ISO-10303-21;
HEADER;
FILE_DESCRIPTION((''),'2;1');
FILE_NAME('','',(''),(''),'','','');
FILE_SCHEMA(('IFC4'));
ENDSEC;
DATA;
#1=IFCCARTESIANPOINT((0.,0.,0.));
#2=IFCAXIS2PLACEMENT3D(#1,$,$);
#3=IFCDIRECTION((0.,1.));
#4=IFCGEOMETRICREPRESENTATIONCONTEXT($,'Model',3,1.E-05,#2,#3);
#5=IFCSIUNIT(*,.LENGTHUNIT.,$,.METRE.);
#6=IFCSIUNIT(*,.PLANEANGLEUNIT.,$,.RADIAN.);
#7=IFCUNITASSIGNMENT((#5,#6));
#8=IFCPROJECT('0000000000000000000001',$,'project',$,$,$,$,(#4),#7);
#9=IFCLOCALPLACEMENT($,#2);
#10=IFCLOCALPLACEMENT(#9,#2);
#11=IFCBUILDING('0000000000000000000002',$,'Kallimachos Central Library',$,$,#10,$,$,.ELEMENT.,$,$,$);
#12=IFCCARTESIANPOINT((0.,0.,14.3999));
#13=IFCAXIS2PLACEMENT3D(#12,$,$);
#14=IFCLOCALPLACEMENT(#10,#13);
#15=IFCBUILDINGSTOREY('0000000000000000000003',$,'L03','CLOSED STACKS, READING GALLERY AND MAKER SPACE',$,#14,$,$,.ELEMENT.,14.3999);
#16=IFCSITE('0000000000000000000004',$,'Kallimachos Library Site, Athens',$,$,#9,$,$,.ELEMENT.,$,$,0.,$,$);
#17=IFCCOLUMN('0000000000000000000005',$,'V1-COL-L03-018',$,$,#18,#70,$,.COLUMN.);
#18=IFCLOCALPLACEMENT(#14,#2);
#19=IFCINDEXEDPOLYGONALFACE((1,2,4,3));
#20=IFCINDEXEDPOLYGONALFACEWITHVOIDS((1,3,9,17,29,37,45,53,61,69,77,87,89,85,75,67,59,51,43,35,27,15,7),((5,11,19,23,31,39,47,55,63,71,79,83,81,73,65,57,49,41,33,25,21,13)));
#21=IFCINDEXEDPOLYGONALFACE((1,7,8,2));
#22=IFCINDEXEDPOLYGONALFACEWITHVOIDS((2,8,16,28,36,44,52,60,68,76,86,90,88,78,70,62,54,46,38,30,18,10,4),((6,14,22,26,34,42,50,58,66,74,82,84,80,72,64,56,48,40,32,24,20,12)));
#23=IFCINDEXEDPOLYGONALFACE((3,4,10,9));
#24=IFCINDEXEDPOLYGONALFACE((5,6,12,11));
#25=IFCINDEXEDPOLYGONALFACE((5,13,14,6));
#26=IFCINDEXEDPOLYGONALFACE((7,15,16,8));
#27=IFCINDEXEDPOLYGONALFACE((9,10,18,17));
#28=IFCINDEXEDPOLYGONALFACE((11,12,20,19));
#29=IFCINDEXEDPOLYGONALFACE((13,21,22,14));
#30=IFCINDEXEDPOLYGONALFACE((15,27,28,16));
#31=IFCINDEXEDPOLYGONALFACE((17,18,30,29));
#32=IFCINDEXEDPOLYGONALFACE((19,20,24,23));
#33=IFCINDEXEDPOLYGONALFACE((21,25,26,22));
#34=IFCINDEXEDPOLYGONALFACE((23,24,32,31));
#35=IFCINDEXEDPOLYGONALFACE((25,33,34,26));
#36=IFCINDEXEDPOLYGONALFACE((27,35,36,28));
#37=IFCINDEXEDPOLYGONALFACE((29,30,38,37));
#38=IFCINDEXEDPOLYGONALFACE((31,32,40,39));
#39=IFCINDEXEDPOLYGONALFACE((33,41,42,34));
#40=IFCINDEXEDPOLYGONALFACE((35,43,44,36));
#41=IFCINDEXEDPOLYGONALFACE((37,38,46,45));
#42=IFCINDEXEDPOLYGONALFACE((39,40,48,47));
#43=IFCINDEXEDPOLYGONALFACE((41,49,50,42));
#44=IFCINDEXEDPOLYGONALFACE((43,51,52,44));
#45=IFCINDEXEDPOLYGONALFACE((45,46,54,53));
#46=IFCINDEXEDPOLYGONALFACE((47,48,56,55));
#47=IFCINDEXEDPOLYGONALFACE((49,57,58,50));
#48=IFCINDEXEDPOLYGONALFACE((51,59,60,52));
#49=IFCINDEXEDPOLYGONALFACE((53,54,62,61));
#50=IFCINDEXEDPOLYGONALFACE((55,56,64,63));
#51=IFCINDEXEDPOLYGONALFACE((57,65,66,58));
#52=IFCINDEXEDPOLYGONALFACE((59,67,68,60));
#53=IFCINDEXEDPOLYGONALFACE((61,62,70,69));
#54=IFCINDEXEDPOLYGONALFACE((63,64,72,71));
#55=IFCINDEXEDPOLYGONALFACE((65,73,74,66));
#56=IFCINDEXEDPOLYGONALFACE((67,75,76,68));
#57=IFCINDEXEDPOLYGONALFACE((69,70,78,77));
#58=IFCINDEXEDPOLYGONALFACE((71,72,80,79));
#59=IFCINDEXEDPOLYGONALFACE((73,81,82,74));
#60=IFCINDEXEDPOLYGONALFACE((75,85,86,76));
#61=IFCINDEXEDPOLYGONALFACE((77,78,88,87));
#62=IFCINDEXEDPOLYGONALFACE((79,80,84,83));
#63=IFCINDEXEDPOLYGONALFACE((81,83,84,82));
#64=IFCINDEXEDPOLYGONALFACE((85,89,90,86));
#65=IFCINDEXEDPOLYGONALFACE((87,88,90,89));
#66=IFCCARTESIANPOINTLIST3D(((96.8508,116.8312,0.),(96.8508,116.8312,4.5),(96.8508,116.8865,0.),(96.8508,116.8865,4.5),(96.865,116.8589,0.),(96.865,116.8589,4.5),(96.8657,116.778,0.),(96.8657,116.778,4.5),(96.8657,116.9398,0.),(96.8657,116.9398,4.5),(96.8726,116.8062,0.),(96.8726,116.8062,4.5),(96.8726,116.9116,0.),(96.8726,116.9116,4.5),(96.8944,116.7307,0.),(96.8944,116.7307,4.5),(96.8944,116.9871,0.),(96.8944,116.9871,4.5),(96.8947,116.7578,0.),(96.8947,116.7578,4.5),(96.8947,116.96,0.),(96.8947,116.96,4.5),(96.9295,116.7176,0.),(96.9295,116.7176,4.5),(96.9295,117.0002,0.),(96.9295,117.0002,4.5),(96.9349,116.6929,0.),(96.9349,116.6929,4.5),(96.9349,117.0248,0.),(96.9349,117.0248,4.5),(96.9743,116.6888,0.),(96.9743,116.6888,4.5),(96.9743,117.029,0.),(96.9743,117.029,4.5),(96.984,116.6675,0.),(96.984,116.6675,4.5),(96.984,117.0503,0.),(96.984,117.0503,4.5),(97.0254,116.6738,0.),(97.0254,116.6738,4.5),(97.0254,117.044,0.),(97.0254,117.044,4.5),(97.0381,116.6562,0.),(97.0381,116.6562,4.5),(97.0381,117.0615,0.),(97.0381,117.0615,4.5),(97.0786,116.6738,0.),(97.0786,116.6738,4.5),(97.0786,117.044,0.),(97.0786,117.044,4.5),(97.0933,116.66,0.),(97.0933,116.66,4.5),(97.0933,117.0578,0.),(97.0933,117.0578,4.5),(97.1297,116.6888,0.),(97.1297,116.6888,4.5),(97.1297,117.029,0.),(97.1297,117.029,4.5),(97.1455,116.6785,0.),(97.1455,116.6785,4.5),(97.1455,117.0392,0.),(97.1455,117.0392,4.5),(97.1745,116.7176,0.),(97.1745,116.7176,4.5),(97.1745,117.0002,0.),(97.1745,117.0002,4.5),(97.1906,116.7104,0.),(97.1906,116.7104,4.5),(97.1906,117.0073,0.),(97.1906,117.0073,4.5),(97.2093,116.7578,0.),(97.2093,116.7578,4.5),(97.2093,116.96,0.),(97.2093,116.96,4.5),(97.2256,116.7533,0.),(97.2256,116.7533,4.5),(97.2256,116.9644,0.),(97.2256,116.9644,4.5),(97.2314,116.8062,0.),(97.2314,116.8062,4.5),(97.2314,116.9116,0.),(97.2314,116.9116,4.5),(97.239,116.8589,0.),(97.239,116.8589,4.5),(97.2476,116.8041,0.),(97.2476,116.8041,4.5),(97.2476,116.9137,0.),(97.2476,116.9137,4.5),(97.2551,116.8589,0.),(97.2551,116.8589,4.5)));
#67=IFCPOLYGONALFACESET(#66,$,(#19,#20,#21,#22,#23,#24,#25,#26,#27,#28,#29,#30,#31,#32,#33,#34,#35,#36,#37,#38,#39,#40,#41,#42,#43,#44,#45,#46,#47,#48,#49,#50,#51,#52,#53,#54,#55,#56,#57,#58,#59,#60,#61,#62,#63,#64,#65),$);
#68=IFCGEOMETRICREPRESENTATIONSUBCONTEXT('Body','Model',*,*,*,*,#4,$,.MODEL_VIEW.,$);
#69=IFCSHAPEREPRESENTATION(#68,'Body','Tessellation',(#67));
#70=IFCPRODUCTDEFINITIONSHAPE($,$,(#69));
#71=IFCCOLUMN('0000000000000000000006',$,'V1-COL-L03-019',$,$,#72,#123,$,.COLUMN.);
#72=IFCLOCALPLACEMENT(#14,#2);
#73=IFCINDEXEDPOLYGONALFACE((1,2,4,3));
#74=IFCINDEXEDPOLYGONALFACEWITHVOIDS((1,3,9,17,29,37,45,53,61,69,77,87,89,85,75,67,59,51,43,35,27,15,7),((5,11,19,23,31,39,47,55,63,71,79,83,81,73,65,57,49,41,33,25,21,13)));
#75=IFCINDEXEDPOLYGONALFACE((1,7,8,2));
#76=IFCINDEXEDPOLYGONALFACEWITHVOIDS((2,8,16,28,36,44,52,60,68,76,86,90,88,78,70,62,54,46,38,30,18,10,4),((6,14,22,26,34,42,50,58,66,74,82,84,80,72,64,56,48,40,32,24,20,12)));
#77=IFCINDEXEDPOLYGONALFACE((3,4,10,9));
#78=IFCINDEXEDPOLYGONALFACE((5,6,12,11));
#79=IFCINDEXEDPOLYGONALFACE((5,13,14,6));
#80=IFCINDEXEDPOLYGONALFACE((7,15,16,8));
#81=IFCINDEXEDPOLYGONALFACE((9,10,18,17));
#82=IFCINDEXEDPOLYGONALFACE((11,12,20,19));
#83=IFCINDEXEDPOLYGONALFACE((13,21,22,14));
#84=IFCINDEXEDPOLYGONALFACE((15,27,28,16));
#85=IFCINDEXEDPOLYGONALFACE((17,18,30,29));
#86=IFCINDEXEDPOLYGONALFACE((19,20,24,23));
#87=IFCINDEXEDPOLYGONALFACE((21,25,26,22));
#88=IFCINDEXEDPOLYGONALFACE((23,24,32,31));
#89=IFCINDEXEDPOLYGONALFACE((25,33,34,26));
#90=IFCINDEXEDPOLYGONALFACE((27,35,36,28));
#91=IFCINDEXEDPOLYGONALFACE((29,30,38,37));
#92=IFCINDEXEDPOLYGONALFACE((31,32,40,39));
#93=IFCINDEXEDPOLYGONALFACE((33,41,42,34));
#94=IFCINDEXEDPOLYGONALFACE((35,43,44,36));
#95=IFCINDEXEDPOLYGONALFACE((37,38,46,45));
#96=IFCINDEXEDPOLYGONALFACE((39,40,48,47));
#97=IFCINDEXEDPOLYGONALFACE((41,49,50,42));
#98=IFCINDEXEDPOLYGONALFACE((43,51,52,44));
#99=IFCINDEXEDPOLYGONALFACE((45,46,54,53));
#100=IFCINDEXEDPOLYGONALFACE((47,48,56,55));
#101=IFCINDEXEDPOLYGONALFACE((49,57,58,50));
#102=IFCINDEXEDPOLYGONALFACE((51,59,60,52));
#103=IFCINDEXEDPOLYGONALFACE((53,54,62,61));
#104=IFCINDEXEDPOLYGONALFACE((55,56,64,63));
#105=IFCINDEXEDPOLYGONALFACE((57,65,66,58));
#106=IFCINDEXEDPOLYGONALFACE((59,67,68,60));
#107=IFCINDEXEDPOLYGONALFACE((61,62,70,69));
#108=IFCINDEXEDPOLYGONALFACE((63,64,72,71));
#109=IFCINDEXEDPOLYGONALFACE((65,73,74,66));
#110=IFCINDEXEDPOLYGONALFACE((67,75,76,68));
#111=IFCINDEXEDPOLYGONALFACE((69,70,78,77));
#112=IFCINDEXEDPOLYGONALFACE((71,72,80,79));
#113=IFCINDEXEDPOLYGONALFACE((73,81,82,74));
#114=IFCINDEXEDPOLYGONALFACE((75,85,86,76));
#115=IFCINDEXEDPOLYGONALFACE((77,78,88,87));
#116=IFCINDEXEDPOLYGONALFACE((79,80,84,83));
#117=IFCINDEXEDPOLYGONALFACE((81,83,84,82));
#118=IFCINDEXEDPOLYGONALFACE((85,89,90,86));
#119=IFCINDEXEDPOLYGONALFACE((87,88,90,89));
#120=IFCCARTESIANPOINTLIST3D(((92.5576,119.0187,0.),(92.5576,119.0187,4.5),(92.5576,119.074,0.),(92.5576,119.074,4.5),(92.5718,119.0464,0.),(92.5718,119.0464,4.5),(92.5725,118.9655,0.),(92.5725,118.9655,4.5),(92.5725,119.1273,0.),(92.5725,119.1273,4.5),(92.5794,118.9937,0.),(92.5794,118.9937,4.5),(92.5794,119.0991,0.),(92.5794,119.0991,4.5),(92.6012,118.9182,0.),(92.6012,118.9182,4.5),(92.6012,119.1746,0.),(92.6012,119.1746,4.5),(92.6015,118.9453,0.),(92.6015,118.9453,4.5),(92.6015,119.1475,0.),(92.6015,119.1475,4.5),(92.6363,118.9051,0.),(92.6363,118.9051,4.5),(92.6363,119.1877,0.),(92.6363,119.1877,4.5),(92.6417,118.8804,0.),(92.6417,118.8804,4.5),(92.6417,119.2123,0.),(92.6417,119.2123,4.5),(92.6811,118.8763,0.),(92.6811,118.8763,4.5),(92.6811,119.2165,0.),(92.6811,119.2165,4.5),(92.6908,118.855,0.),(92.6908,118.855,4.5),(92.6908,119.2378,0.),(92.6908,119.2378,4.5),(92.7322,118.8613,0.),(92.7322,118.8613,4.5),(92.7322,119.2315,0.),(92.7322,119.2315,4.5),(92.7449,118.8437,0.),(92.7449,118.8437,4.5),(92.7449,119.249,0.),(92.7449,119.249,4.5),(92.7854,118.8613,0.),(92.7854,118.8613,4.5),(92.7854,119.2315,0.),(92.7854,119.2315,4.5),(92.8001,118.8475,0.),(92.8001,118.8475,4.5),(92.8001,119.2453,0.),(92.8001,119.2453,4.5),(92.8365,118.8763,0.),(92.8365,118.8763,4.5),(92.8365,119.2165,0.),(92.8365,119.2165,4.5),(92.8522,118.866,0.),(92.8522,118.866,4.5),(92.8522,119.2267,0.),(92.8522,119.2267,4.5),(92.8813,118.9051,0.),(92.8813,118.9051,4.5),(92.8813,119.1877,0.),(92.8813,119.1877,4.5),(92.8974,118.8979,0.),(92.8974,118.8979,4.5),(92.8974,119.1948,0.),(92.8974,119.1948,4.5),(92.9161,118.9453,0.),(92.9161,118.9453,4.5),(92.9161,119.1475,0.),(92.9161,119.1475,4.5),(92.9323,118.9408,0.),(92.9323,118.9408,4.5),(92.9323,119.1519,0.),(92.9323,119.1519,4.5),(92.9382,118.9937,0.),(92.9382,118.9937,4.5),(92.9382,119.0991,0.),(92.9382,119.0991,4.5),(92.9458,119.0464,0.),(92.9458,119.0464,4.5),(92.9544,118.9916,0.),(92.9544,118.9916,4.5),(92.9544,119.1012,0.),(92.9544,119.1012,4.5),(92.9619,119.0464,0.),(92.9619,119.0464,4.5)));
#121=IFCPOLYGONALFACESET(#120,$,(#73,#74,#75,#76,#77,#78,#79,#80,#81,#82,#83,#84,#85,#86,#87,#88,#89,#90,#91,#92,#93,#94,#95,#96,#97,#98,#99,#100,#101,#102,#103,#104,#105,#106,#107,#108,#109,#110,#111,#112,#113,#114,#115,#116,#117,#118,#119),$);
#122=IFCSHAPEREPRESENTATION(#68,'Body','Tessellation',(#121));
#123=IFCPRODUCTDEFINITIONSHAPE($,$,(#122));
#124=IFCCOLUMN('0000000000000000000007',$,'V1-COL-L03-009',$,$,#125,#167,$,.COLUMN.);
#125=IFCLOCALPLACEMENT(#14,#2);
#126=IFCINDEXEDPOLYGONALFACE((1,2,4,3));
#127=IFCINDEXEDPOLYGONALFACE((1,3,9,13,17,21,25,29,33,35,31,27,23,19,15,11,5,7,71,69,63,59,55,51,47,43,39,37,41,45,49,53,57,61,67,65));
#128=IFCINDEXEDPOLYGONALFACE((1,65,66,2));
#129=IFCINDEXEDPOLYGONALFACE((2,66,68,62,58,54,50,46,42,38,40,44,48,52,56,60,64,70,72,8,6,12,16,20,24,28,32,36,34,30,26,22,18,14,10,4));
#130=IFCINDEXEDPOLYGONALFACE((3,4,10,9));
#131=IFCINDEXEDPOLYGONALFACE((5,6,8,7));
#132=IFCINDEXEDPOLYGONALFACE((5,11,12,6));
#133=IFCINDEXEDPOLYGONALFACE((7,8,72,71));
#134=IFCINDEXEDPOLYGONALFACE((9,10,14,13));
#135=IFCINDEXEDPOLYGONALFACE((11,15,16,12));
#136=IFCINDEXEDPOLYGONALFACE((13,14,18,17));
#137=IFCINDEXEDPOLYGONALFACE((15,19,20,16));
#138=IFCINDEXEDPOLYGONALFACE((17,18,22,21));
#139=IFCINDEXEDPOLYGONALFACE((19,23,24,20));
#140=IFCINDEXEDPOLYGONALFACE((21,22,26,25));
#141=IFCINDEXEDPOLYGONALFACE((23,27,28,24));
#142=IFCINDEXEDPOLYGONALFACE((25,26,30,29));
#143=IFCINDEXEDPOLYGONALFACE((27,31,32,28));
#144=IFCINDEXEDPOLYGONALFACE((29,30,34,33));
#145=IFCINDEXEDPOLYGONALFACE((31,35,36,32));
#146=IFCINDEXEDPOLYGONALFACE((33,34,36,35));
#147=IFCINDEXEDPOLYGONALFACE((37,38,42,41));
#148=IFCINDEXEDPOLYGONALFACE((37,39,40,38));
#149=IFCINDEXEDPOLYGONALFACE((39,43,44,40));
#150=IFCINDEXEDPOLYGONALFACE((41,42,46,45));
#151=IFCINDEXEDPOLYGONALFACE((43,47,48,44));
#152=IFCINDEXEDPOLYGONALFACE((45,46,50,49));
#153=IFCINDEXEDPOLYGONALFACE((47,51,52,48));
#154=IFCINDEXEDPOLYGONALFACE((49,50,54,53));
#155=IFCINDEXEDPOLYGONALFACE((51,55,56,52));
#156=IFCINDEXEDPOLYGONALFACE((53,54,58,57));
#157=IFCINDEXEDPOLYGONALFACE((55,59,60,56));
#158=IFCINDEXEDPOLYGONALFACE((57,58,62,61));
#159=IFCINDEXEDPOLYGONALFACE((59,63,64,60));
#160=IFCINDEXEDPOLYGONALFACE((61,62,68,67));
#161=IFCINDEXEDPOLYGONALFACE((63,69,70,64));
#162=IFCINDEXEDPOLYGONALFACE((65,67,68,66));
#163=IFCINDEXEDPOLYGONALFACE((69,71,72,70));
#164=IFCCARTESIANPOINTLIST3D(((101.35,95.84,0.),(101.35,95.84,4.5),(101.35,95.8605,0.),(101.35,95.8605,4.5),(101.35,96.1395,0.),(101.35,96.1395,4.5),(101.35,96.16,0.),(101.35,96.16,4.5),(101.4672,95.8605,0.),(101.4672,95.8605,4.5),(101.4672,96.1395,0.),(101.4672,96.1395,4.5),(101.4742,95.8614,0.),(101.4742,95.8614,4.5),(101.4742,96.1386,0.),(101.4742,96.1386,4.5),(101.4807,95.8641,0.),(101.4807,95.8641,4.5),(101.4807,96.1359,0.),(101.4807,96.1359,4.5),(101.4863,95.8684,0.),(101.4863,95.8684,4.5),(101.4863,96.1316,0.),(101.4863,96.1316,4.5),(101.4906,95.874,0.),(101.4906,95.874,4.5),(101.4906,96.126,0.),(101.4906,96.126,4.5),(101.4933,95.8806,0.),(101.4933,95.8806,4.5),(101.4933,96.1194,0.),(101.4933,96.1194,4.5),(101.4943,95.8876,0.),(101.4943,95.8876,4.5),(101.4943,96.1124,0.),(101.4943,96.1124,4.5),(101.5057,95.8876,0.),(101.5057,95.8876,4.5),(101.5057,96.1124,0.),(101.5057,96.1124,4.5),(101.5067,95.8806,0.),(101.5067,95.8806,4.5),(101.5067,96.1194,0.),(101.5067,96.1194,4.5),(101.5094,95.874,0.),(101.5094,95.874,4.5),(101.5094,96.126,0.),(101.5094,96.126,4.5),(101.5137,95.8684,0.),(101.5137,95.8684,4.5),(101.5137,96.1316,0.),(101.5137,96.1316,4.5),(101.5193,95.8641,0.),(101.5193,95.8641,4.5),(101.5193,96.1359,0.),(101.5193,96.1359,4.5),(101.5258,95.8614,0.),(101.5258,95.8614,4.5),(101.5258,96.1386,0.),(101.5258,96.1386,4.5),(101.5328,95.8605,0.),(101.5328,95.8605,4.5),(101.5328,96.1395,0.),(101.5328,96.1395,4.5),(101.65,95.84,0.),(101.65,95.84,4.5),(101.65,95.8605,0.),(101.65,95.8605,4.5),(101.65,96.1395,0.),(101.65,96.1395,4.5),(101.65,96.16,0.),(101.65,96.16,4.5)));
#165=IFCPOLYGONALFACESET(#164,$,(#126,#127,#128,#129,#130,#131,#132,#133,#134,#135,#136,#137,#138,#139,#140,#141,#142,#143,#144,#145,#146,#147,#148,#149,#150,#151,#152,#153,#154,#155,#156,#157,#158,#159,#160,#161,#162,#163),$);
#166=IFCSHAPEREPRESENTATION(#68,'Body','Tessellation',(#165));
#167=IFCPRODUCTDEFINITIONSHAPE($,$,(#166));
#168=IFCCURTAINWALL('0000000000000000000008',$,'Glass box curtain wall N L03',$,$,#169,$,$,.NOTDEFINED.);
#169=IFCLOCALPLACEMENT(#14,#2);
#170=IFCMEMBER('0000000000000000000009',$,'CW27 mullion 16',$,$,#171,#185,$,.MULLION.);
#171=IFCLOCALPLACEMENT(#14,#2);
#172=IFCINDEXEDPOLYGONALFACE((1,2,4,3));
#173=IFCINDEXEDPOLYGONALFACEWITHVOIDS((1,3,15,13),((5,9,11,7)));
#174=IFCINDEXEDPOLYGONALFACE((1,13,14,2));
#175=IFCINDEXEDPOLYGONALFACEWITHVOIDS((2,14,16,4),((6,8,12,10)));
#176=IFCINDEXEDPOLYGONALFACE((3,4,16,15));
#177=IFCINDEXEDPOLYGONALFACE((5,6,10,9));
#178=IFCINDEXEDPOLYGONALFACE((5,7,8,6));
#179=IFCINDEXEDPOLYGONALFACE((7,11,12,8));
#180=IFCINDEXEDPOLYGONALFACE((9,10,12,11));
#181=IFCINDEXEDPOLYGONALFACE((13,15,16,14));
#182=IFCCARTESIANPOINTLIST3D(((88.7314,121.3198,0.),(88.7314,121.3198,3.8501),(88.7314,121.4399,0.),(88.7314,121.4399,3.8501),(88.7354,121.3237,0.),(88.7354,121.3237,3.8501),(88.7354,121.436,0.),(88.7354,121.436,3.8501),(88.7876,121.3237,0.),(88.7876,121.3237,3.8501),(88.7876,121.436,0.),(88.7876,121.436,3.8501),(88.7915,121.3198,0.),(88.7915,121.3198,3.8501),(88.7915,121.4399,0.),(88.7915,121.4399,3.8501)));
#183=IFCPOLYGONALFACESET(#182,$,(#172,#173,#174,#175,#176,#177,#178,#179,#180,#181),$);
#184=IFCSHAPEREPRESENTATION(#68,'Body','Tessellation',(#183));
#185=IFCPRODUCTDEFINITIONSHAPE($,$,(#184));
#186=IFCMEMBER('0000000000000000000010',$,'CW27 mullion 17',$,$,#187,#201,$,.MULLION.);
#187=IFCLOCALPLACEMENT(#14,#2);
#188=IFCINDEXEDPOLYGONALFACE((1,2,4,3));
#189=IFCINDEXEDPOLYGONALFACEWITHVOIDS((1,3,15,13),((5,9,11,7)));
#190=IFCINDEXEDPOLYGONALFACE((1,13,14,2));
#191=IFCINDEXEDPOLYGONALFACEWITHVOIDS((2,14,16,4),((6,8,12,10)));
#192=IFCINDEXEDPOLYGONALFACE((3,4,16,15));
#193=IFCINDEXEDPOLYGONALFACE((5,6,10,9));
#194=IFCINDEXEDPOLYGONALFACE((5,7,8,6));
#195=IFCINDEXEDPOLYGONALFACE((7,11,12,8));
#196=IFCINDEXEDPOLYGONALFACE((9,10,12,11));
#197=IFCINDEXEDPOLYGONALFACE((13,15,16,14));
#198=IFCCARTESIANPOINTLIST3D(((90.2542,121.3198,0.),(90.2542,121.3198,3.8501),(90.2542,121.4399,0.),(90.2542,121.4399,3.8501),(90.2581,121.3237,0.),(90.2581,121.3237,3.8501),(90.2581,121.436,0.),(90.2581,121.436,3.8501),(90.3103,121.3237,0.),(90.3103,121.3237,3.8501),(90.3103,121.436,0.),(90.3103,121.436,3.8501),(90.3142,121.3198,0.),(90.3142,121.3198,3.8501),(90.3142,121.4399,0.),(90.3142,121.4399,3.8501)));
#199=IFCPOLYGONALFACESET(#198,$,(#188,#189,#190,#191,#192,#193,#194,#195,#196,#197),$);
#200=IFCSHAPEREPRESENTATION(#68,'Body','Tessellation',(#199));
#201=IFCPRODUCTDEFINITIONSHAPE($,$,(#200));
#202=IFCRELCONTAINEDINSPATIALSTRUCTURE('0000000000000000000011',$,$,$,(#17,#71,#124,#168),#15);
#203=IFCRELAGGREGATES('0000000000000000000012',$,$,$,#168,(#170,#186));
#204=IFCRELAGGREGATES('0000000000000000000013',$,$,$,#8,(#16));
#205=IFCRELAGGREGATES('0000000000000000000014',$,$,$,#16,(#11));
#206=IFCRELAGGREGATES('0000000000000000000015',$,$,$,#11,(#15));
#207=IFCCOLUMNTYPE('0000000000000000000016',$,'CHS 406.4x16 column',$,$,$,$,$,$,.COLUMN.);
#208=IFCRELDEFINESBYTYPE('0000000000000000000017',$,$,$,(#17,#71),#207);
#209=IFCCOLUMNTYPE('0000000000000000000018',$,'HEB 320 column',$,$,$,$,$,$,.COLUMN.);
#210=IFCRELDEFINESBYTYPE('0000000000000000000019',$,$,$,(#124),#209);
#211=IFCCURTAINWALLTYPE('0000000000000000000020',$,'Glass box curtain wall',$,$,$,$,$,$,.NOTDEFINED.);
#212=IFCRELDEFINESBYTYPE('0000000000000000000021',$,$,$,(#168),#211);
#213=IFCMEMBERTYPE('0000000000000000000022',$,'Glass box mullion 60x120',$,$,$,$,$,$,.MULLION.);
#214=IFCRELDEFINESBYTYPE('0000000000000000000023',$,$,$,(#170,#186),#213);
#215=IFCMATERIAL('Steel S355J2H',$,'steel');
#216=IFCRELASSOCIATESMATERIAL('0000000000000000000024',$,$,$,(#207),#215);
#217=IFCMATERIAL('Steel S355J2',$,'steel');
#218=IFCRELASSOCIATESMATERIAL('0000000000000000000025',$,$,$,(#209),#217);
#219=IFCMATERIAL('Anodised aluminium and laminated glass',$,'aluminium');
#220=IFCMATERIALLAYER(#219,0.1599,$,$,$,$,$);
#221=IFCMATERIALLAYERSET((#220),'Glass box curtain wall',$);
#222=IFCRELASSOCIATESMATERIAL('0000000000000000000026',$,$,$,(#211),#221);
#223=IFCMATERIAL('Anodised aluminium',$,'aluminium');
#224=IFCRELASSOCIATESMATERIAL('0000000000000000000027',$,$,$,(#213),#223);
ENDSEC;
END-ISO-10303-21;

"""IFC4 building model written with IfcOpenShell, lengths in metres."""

from ifc_helpers import new_model, si_unit, direction, frame, origin, origin_2d, place, context, subcontext, project, spatial, hollow_rectangle, hollow_circle, i_section, extrude, material, layer, layer_set, material_profile, profile_set, type_object, element, aggregate, save


model = new_model("IFC4")

# Units and contexts
model_context = context("Model", 3, precision=1e-05, world=origin(), true_north=direction((0.0, 1.0)))
body_context = subcontext(model_context, "Body", "Model", "MODEL_VIEW")
ifc_project = project(units=[si_unit("LENGTHUNIT", "METRE"), si_unit("PLANEANGLEUNIT", "RADIAN")], contexts=[model_context])

# Site, building, storey
site_placement = place(None, origin())
site = spatial("IfcSite", under=ifc_project, at=site_placement, Name="Kallimachos Library Site, Athens", CompositionType="ELEMENT", RefElevation=0.0)
building_placement = place(site_placement, origin())
building = spatial("IfcBuilding", under=site, at=building_placement, Name="Kallimachos Central Library", CompositionType="ELEMENT")
storey_placement = place(building_placement, frame((0.0, 0.0, 14.3999)))
storey = spatial("IfcBuildingStorey", under=building, at=storey_placement, Name="L03", Description="CLOSED STACKS, READING GALLERY AND MAKER SPACE", CompositionType="ELEMENT", Elevation=14.3999)

# Columns
ifc_material_1 = material(Name="Steel S355J2H", Category="steel")
ifc_material_profile_1 = material_profile(ifc_material_1, hollow_circle(Radius=0.2031, WallThickness=0.0161, at=origin_2d()), Name="CHS 406.4x16")
ifc_profile_set_1 = profile_set([ifc_material_profile_1], Name="Steel S355J2H")
column_type_1 = type_object("IfcColumnType", Name="CHS 406.4x16 column", PredefinedType="COLUMN", material=ifc_profile_set_1)
for number, where, z_axis, x_axis, name in (
    (1, (97.052, 116.8589, 0.0), (0.0, 0.0, 1.0), (1.0, 0.0, 0.0), "V1-COL-L03-018"),
    (2, (92.7588, 119.0464, 0.0), (0.0, 0.0, 1.0), (1.0, 0.0, 0.0), "V1-COL-L03-019"),
):
    element("IfcColumn", number, at=place(storey_placement, frame(where, z_axis=z_axis, x_axis=x_axis)), inside=storey, type_object=column_type_1, Name=name, PredefinedType="COLUMN", context=body_context, shape_type="SweptSolid", body=[
        extrude(hollow_circle(Radius=0.2031, WallThickness=0.0161, at=origin_2d()), origin(), (0.0, 0.0, 1.0), 4.5),
    ])
ifc_material_2 = material(Name="Steel S355J2", Category="steel")
ifc_material_profile_2 = material_profile(ifc_material_2, i_section(OverallWidth=0.3, OverallDepth=0.3201, WebThickness=0.0115, FlangeThickness=0.0205, FilletRadius=0.0271, at=origin_2d()), Name="HEB 320")
ifc_profile_set_2 = profile_set([ifc_material_profile_2], Name="Steel S355J2")
column_type_2 = type_object("IfcColumnType", Name="HEB 320 column", PredefinedType="COLUMN", material=ifc_profile_set_2)
column_placement = place(storey_placement, frame((101.5, 96.0, 0.0), z_axis=(0.0, 0.0, 1.0), x_axis=(1.0, 0.0, 0.0)))
element("IfcColumn", 3, at=column_placement, inside=storey, type_object=column_type_2, Name="V1-COL-L03-009", PredefinedType="COLUMN", context=body_context, shape_type="SweptSolid", body=[
    extrude(i_section(OverallWidth=0.3, OverallDepth=0.3201, WebThickness=0.0115, FlangeThickness=0.0205, FilletRadius=0.0271, at=origin_2d()), origin(), (0.0, 0.0, 1.0), 4.5),
])

# Curtain wall, members
ifc_material_3 = material(Name="Anodised aluminium and laminated glass", Category="aluminium")
ifc_layer_1 = layer(ifc_material_3, 0.1599)
ifc_layer_set_1 = layer_set([ifc_layer_1], Name="Glass box curtain wall")
curtain_wall_type = type_object("IfcCurtainWallType", Name="Glass box curtain wall", PredefinedType="NOTDEFINED", material=ifc_layer_set_1)
curtain_wall_placement = place(storey_placement, origin())
curtain_wall = element("IfcCurtainWall", 4, at=curtain_wall_placement, inside=storey, type_object=curtain_wall_type, Name="Glass box curtain wall N L03", PredefinedType="NOTDEFINED")
ifc_material_4 = material(Name="Anodised aluminium", Category="aluminium")
ifc_material_profile_3 = material_profile(ifc_material_4, hollow_rectangle(XDim=0.0601, YDim=0.1201, WallThickness=0.0039, at=origin_2d()), Name="ALU MULLION 60x120")
ifc_profile_set_3 = profile_set([ifc_material_profile_3], Name="Anodised aluminium")
member_type_1 = type_object("IfcMemberType", Name="Glass box mullion 60x120", PredefinedType="MULLION", material=ifc_profile_set_3)
member_1_placement = place(storey_placement, frame((88.7615, 121.3799, 0.0), z_axis=(0.0, 0.0, 1.0), x_axis=(1.0, 0.0, 0.0)))
member_1 = element("IfcMember", 5, at=member_1_placement, type_object=member_type_1, Name="CW27 mullion 16", PredefinedType="MULLION", context=body_context, shape_type="SweptSolid", body=[
    extrude(hollow_rectangle(XDim=0.0601, YDim=0.1201, WallThickness=0.0039, at=origin_2d()), origin(), (0.0, 0.0, 1.0), 3.8501),
])
member_2_placement = place(storey_placement, frame((90.2842, 121.3799, 0.0), z_axis=(0.0, 0.0, 1.0), x_axis=(1.0, 0.0, 0.0)))
member_2 = element("IfcMember", 6, at=member_2_placement, type_object=member_type_1, Name="CW27 mullion 17", PredefinedType="MULLION", context=body_context, shape_type="SweptSolid", body=[
    extrude(hollow_rectangle(XDim=0.0601, YDim=0.1201, WallThickness=0.0039, at=origin_2d()), origin(), (0.0, 0.0, 1.0), 3.8501),
])

aggregate(curtain_wall, [member_1, member_2])

save(model, "model.ifc")
